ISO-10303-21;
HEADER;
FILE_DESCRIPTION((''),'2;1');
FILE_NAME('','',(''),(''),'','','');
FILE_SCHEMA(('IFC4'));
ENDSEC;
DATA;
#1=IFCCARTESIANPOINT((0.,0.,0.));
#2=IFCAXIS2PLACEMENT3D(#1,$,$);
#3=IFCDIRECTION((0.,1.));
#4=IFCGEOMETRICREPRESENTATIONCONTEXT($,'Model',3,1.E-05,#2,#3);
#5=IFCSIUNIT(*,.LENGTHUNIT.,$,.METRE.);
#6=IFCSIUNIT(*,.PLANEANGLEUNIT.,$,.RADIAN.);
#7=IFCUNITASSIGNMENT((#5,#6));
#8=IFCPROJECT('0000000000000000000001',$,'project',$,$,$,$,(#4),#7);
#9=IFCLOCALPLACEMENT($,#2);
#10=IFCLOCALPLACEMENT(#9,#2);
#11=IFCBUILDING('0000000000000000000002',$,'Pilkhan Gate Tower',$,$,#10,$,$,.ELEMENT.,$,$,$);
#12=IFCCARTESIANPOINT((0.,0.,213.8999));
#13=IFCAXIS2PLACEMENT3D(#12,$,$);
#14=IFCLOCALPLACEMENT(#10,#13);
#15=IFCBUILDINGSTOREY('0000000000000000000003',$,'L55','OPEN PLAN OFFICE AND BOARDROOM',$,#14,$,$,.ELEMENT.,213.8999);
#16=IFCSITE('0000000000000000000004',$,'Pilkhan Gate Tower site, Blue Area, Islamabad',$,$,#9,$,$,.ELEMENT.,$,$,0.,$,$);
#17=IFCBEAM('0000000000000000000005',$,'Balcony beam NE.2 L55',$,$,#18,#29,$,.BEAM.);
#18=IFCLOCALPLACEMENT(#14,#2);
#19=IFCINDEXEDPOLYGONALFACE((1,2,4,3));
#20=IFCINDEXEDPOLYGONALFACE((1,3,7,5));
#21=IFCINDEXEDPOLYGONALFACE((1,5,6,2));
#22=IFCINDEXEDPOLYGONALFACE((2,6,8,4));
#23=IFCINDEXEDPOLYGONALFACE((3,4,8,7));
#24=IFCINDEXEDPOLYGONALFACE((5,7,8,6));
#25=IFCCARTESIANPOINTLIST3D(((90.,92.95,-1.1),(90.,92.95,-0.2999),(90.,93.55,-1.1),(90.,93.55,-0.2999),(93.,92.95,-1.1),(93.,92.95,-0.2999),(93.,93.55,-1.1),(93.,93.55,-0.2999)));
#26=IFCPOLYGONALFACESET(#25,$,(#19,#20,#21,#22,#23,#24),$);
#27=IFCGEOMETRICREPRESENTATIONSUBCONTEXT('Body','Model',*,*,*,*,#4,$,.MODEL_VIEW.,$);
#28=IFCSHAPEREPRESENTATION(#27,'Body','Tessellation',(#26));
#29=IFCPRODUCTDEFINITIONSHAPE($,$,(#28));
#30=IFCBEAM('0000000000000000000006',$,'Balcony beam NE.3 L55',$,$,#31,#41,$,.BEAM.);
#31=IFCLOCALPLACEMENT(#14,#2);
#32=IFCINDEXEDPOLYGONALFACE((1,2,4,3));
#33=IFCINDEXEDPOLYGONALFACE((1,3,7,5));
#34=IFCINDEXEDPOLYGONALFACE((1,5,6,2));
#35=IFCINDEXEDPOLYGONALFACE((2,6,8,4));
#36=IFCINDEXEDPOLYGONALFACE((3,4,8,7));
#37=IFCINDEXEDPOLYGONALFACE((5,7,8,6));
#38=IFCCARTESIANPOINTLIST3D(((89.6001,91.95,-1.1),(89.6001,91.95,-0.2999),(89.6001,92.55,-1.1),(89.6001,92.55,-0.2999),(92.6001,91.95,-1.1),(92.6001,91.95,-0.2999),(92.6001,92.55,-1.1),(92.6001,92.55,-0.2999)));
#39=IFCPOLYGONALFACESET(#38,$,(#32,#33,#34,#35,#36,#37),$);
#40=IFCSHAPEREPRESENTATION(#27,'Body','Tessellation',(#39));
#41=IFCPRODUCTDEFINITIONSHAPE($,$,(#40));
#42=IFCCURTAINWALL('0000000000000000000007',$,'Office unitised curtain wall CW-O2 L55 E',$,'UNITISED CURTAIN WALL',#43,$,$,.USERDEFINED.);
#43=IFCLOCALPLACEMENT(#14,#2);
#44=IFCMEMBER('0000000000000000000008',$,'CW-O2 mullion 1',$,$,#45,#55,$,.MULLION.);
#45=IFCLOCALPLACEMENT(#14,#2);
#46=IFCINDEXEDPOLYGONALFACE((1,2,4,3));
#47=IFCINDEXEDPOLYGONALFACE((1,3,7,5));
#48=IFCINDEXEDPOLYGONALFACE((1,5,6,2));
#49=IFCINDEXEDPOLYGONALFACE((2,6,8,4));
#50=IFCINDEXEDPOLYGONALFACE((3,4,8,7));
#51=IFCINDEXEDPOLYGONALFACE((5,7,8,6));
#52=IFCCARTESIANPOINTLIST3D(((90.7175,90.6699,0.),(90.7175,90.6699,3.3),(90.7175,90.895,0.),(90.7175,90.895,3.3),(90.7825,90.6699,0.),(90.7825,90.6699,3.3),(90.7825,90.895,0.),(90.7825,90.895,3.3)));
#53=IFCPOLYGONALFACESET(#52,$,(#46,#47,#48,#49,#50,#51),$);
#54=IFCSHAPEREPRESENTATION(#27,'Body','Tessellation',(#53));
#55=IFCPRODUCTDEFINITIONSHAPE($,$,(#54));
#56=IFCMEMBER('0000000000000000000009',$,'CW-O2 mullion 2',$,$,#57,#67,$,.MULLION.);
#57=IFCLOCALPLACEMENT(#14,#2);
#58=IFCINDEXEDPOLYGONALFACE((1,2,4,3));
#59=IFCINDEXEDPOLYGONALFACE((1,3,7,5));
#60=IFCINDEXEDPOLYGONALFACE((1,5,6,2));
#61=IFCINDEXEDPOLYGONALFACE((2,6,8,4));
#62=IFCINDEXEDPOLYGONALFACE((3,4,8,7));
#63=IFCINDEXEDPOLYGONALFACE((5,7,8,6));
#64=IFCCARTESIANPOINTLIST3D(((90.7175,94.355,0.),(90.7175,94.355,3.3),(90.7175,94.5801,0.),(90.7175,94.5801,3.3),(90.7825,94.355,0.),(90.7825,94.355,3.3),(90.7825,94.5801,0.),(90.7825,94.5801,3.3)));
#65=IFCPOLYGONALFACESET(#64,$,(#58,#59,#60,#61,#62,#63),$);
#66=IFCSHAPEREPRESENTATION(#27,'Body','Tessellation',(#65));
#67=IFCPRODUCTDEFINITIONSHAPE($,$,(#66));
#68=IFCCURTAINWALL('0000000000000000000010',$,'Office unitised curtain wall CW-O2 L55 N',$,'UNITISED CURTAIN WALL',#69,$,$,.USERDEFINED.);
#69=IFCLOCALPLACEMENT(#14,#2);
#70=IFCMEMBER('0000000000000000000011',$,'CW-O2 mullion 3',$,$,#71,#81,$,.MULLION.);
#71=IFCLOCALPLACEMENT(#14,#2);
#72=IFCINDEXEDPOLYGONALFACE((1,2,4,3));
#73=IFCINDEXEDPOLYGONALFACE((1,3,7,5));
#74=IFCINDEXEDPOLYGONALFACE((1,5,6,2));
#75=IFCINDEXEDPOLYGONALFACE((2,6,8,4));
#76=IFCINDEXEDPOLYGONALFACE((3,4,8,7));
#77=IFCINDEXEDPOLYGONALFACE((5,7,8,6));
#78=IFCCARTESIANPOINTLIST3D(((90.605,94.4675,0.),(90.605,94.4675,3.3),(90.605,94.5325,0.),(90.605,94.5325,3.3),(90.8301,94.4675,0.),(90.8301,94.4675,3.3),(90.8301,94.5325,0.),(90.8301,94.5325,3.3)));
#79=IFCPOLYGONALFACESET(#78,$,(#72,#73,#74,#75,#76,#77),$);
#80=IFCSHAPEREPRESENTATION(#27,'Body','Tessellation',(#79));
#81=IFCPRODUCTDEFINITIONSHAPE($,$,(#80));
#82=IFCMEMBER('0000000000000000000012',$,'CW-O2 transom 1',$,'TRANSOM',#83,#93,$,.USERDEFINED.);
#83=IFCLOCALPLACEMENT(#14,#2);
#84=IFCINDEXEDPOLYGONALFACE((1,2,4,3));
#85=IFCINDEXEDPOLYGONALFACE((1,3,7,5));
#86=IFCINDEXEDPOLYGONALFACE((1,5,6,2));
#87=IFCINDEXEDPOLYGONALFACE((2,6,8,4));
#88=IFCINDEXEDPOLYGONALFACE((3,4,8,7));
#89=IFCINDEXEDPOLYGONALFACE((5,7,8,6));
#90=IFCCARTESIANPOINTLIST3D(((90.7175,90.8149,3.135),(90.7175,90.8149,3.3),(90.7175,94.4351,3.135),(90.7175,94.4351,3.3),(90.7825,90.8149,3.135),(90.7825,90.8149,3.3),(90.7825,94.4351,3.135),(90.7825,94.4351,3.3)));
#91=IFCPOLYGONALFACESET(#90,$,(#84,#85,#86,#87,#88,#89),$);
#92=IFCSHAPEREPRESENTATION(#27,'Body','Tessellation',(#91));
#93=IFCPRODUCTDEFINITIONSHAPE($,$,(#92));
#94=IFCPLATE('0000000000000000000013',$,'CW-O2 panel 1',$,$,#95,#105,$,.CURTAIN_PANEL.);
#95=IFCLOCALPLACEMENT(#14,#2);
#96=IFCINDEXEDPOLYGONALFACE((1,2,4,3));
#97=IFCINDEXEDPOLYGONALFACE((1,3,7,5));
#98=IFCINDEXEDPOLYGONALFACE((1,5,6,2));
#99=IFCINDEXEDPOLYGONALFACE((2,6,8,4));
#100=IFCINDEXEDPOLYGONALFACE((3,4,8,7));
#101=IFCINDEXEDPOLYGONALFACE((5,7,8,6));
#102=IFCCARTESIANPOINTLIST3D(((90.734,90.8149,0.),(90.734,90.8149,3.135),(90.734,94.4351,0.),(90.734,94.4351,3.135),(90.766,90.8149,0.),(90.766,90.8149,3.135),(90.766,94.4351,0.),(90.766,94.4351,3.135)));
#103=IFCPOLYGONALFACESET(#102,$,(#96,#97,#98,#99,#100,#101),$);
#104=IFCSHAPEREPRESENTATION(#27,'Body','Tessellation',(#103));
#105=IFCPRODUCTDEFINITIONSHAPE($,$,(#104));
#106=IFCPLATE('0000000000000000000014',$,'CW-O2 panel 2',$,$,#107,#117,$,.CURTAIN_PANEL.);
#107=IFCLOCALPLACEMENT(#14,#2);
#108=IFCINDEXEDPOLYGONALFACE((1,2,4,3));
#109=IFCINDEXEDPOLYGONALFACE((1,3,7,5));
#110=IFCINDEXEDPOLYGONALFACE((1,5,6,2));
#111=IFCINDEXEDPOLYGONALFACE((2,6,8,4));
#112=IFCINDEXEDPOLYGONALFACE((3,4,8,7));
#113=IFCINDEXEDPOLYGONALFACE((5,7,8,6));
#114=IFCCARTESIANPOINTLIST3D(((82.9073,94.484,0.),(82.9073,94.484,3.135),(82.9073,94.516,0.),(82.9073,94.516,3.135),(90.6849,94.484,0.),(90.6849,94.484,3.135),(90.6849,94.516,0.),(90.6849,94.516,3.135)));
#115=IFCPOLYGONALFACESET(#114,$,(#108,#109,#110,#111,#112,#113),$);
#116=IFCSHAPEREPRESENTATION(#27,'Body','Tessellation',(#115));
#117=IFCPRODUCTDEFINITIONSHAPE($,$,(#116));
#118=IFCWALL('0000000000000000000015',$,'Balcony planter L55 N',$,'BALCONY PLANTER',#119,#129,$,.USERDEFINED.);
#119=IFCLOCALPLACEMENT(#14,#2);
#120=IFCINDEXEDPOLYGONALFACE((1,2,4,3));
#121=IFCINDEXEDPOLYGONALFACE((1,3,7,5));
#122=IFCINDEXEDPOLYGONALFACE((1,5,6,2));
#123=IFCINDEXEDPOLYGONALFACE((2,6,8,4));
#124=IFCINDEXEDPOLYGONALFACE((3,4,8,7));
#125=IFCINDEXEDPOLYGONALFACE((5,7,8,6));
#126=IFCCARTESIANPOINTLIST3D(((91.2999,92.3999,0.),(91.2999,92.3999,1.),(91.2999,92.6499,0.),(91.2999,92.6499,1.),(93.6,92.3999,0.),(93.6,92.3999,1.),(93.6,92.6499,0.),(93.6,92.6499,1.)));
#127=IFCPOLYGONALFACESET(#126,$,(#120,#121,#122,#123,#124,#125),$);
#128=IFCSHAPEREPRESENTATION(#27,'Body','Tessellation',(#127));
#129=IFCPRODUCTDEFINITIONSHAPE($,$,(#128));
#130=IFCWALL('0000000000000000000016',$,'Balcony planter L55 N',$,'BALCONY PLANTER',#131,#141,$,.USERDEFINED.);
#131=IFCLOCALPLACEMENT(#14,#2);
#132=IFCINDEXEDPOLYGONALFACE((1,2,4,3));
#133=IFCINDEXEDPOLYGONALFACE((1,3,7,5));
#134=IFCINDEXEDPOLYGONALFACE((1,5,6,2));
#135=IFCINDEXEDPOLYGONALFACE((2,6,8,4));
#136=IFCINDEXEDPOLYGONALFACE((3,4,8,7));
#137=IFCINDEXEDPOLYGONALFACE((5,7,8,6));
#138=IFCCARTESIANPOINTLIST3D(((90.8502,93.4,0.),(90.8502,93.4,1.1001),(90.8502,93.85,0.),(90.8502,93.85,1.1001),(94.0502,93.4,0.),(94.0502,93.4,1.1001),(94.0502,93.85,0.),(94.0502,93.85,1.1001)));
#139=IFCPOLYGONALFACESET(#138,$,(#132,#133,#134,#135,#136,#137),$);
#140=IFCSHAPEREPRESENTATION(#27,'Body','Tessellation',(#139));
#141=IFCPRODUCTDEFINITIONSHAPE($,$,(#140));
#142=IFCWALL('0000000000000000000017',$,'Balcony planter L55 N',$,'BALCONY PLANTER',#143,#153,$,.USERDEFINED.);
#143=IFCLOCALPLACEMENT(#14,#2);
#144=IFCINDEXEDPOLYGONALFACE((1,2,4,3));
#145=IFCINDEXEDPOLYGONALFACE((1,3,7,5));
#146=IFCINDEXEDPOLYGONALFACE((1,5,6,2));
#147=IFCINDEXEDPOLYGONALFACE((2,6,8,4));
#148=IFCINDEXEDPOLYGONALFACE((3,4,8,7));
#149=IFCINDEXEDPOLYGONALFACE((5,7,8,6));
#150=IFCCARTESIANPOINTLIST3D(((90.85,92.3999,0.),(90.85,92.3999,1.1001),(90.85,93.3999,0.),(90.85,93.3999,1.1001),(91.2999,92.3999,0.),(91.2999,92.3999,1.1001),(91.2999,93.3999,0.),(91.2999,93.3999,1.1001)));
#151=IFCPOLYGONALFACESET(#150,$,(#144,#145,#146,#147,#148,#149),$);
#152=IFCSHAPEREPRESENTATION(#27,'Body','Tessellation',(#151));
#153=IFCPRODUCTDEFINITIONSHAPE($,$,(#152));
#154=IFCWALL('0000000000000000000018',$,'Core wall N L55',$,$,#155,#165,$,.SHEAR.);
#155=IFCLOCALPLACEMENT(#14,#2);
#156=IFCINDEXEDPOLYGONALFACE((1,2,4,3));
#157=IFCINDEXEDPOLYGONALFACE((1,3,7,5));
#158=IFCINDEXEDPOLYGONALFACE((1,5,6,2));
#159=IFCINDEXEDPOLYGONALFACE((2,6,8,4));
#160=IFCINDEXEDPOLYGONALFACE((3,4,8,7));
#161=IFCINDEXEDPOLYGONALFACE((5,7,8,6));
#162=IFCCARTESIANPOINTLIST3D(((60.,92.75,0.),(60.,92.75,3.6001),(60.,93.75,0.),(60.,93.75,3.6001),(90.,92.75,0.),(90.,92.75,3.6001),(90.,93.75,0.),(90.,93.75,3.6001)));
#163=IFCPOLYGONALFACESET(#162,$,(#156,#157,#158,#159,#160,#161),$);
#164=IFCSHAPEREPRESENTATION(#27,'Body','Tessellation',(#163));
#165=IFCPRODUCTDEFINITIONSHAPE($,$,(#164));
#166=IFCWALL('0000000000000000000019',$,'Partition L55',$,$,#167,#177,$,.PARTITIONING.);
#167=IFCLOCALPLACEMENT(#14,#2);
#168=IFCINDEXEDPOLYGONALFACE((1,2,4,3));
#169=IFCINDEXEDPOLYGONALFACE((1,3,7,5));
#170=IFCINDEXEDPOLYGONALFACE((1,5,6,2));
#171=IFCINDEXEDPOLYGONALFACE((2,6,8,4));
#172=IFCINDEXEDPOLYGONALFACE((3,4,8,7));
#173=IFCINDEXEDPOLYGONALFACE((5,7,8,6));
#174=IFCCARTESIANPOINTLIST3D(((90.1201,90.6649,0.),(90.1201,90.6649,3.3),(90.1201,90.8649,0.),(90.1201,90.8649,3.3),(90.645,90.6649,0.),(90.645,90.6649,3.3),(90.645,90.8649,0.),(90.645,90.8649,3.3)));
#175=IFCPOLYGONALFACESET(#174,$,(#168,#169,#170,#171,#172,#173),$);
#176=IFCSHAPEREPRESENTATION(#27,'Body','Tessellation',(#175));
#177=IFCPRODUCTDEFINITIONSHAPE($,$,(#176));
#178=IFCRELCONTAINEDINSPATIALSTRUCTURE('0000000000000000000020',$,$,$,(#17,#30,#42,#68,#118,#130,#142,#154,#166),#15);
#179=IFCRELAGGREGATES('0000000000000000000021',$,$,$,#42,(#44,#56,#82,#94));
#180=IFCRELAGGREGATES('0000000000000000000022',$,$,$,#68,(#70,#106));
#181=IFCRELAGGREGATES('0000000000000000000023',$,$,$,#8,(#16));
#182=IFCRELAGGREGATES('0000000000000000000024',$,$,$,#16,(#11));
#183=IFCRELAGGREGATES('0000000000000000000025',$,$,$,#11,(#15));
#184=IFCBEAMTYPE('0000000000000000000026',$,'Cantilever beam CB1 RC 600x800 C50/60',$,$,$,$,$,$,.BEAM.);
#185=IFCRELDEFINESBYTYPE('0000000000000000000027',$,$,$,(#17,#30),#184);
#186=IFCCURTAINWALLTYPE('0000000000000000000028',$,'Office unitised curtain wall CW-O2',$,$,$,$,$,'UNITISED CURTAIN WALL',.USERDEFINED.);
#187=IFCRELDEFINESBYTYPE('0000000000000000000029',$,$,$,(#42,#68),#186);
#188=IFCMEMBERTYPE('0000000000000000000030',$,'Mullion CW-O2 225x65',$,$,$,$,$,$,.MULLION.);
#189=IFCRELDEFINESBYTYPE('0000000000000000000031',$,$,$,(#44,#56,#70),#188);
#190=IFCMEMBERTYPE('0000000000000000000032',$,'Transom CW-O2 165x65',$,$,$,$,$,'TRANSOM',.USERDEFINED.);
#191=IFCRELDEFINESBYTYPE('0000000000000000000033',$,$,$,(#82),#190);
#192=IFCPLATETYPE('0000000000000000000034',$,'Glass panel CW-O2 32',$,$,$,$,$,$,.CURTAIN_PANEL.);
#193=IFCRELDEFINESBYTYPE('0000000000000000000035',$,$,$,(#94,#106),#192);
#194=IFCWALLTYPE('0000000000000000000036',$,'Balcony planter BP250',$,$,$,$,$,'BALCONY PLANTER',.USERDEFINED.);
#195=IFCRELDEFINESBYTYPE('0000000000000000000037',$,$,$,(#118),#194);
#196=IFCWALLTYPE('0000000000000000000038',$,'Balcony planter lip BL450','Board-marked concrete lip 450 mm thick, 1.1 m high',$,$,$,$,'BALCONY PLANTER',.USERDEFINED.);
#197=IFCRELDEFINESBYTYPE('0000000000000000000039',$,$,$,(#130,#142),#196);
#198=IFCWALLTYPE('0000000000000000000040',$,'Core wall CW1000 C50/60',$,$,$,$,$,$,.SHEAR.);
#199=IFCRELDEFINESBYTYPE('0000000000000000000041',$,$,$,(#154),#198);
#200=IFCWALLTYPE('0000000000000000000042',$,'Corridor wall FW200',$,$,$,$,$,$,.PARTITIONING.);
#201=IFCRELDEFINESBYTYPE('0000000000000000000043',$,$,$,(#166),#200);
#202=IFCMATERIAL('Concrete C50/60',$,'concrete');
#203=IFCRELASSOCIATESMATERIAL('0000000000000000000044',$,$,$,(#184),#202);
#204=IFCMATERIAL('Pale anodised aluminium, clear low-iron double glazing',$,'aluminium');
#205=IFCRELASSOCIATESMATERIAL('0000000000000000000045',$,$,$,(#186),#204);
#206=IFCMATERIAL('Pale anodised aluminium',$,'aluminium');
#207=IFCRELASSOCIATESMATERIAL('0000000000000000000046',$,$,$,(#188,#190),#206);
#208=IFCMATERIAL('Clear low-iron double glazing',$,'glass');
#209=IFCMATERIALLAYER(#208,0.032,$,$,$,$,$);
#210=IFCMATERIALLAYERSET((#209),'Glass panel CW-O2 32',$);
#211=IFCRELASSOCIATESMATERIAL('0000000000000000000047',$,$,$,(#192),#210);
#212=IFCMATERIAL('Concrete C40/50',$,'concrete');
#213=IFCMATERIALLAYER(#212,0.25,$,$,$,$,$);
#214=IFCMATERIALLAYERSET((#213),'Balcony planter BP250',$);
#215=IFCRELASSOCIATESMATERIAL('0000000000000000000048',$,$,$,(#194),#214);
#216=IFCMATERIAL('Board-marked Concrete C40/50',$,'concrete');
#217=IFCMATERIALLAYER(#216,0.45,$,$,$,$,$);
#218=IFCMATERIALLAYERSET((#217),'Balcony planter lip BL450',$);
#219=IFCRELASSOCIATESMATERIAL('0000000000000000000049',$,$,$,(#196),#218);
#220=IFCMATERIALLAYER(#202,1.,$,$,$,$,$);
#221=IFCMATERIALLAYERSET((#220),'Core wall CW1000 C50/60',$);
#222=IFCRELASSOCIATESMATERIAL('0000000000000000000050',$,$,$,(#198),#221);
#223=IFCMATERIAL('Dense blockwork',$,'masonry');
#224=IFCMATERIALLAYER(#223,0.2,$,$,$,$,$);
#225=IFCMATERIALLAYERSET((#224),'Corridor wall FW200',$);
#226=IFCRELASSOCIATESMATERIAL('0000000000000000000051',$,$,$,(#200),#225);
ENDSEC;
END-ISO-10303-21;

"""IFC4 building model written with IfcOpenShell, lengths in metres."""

from ifc_helpers import new_model, si_unit, direction, frame, frame_2d, origin, origin_2d, place, context, subcontext, project, spatial, rectangle, extrude, material, layer, layer_set, material_profile, profile_set, type_object, element, aggregate, save


model = new_model("IFC4")

# Units and contexts
model_context = context("Model", 3, precision=1e-05, world=origin(), true_north=direction((0.0, 1.0)))
body_context = subcontext(model_context, "Body", "Model", "MODEL_VIEW")
ifc_project = project(units=[si_unit("LENGTHUNIT", "METRE"), si_unit("PLANEANGLEUNIT", "RADIAN")], contexts=[model_context])

# Site, building, storey
site_placement = place(None, origin())
site = spatial("IfcSite", under=ifc_project, at=site_placement, Name="Pilkhan Gate Tower site, Blue Area, Islamabad", CompositionType="ELEMENT", RefElevation=0.0)
building_placement = place(site_placement, origin())
building = spatial("IfcBuilding", under=site, at=building_placement, Name="Pilkhan Gate Tower", CompositionType="ELEMENT")
storey_placement = place(building_placement, frame((0.0, 0.0, 213.8999)))
storey = spatial("IfcBuildingStorey", under=building, at=storey_placement, Name="L55", Description="OPEN PLAN OFFICE AND BOARDROOM", CompositionType="ELEMENT", Elevation=213.8999)

# Beams
ifc_material_1 = material(Name="Concrete C50/60", Category="concrete")
ifc_material_profile_1 = material_profile(ifc_material_1, rectangle(XDim=0.6001, YDim=0.8, at=origin_2d()), Name="RC 600x800")
ifc_profile_set_1 = profile_set([ifc_material_profile_1], Name="Concrete C50/60")
beam_type = type_object("IfcBeamType", Name="Cantilever beam CB1 RC 600x800 C50/60", PredefinedType="BEAM", material=ifc_profile_set_1)
for number, where, z_axis, x_axis, name in (
    (1, (90.0, 93.25, -0.7), (1.0, 0.0, 0.0), (0.0, 1.0, 0.0), "Balcony beam NE.2 L55"),
    (2, (89.6001, 92.25, -0.7), (1.0, 0.0, 0.0), (0.0, 1.0, 0.0), "Balcony beam NE.3 L55"),
):
    element("IfcBeam", number, at=place(storey_placement, frame(where, z_axis=z_axis, x_axis=x_axis)), inside=storey, type_object=beam_type, Name=name, PredefinedType="BEAM", context=body_context, shape_type="SweptSolid", body=[
        extrude(rectangle(XDim=0.6001, YDim=0.8, at=origin_2d()), origin(), (0.0, 0.0, 1.0), 3.0),
    ])

# Curtain wall, members
ifc_material_2 = material(Name="Pale anodised aluminium, clear low-iron double glazing", Category="aluminium")
curtain_wall_type = type_object("IfcCurtainWallType", Name="Office unitised curtain wall CW-O2", ElementType="UNITISED CURTAIN WALL", PredefinedType="USERDEFINED", material=ifc_material_2)
curtain_wall_1_placement = place(storey_placement, origin())
curtain_wall_1 = element("IfcCurtainWall", 3, at=curtain_wall_1_placement, inside=storey, type_object=curtain_wall_type, Name="Office unitised curtain wall CW-O2 L55 E", ObjectType="UNITISED CURTAIN WALL", PredefinedType="USERDEFINED")
ifc_material_3 = material(Name="Pale anodised aluminium", Category="aluminium")
ifc_material_profile_2 = material_profile(ifc_material_3, rectangle(XDim=0.0649, YDim=0.2251, at=origin_2d()), Name="Mullion 225x65")
ifc_profile_set_2 = profile_set([ifc_material_profile_2], Name="Pale anodised aluminium")
member_type_1 = type_object("IfcMemberType", Name="Mullion CW-O2 225x65", PredefinedType="MULLION", material=ifc_profile_set_2)
member_1_placement = place(storey_placement, frame((90.75, 90.7825, 0.0), z_axis=(0.0, 0.0, 1.0), x_axis=(-1.0, 0.0, 0.0)))
member_1 = element("IfcMember", 4, at=member_1_placement, type_object=member_type_1, Name="CW-O2 mullion 1", PredefinedType="MULLION", context=body_context, shape_type="SweptSolid", body=[
    extrude(rectangle(XDim=0.0649, YDim=0.2251, at=origin_2d()), origin(), (0.0, 0.0, 1.0), 3.3),
])
member_2_placement = place(storey_placement, frame((90.75, 94.4675, 0.0), z_axis=(0.0, 0.0, 1.0), x_axis=(-1.0, 0.0, 0.0)))
member_2 = element("IfcMember", 5, at=member_2_placement, type_object=member_type_1, Name="CW-O2 mullion 2", PredefinedType="MULLION", context=body_context, shape_type="SweptSolid", body=[
    extrude(rectangle(XDim=0.0649, YDim=0.2251, at=origin_2d()), origin(), (0.0, 0.0, 1.0), 3.3),
])

# Curtain wall, member
curtain_wall_2_placement = place(storey_placement, origin())
curtain_wall_2 = element("IfcCurtainWall", 6, at=curtain_wall_2_placement, inside=storey, type_object=curtain_wall_type, Name="Office unitised curtain wall CW-O2 L55 N", ObjectType="UNITISED CURTAIN WALL", PredefinedType="USERDEFINED")
member_3_placement = place(storey_placement, frame((90.7175, 94.5, 0.0), z_axis=(0.0, 0.0, 1.0), x_axis=(0.0, 1.0, 0.0)))
member_3 = element("IfcMember", 7, at=member_3_placement, type_object=member_type_1, Name="CW-O2 mullion 3", PredefinedType="MULLION", context=body_context, shape_type="SweptSolid", body=[
    extrude(rectangle(XDim=0.0649, YDim=0.2251, at=origin_2d()), origin(), (0.0, 0.0, 1.0), 3.3),
])

# Member
ifc_material_profile_3 = material_profile(ifc_material_3, rectangle(XDim=0.0649, YDim=0.165, at=origin_2d()), Name="Transom 165x65")
ifc_profile_set_3 = profile_set([ifc_material_profile_3], Name="Pale anodised aluminium")
member_type_2 = type_object("IfcMemberType", Name="Transom CW-O2 165x65", ElementType="TRANSOM", PredefinedType="USERDEFINED", material=ifc_profile_set_3)
member_4_placement = place(storey_placement, frame((90.75, 90.8149, 3.2175), z_axis=(0.0, 1.0, 0.0), x_axis=(-1.0, 0.0, 0.0)))
member_4 = element("IfcMember", 8, at=member_4_placement, type_object=member_type_2, Name="CW-O2 transom 1", ObjectType="TRANSOM", PredefinedType="USERDEFINED", context=body_context, shape_type="SweptSolid", body=[
    extrude(rectangle(XDim=0.0649, YDim=0.165, at=origin_2d()), origin(), (0.0, 0.0, 1.0), 3.6201),
])

# Plates
ifc_material_4 = material(Name="Clear low-iron double glazing", Category="glass")
ifc_layer_1 = layer(ifc_material_4, 0.032)
ifc_layer_set_1 = layer_set([ifc_layer_1], Name="Glass panel CW-O2 32")
plate_type = type_object("IfcPlateType", Name="Glass panel CW-O2 32", PredefinedType="CURTAIN_PANEL", material=ifc_layer_set_1)
plate_1_placement = place(storey_placement, frame((90.75, 92.625, 0.0), z_axis=(0.0, 0.0, 1.0), x_axis=(0.0, 1.0, 0.0)))
plate_1 = element("IfcPlate", 9, at=plate_1_placement, type_object=plate_type, Name="CW-O2 panel 1", PredefinedType="CURTAIN_PANEL", context=body_context, shape_type="SweptSolid", body=[
    extrude(rectangle(XDim=3.6201, YDim=0.032, at=origin_2d()), origin(), (0.0, 0.0, 1.0), 3.135),
])
aggregate(curtain_wall_1, [member_1, member_2, member_4, plate_1])
plate_2_placement = place(storey_placement, frame((86.7961, 94.5, 0.0), z_axis=(0.0, 0.0, 1.0), x_axis=(1.0, 0.0, 0.0)))
plate_2 = element("IfcPlate", 10, at=plate_2_placement, type_object=plate_type, Name="CW-O2 panel 2", PredefinedType="CURTAIN_PANEL", context=body_context, shape_type="SweptSolid", body=[
    extrude(rectangle(XDim=7.7776, YDim=0.032, at=origin_2d()), origin(), (0.0, 0.0, 1.0), 3.135),
])
aggregate(curtain_wall_2, [member_3, plate_2])

# Walls
ifc_material_5 = material(Name="Concrete C40/50", Category="concrete")
ifc_layer_2 = layer(ifc_material_5, 0.25)
ifc_layer_set_2 = layer_set([ifc_layer_2], Name="Balcony planter BP250")
wall_type_1 = type_object("IfcWallType", Name="Balcony planter BP250", ElementType="BALCONY PLANTER", PredefinedType="USERDEFINED", material=ifc_layer_set_2)
wall_1_placement = place(storey_placement, frame((91.3, 92.5249, 0.0), z_axis=(0.0, 0.0, 1.0), x_axis=(1.0, 0.0, 0.0)))
element("IfcWall", 11, at=wall_1_placement, inside=storey, type_object=wall_type_1, Name="Balcony planter L55 N", ObjectType="BALCONY PLANTER", PredefinedType="USERDEFINED", context=body_context, shape_type="SweptSolid", body=[
    extrude(rectangle(XDim=2.3, YDim=0.25, at=frame_2d((1.1499, 0.0))), origin(), (0.0, 0.0, 1.0), 1.0),
])
ifc_material_6 = material(Name="Board-marked Concrete C40/50", Category="concrete")
ifc_layer_3 = layer(ifc_material_6, 0.45)
ifc_layer_set_3 = layer_set([ifc_layer_3], Name="Balcony planter lip BL450")
wall_type_2 = type_object("IfcWallType", Name="Balcony planter lip BL450", Description="Board-marked concrete lip 450 mm thick, 1.1 m high", ElementType="BALCONY PLANTER", PredefinedType="USERDEFINED", material=ifc_layer_set_3)
wall_2_placement = place(storey_placement, frame((90.8501, 93.625, 0.0), z_axis=(0.0, 0.0, 1.0), x_axis=(1.0, 0.0, 0.0)))
element("IfcWall", 12, at=wall_2_placement, inside=storey, type_object=wall_type_2, Name="Balcony planter L55 N", ObjectType="BALCONY PLANTER", PredefinedType="USERDEFINED", context=body_context, shape_type="SweptSolid", body=[
    extrude(rectangle(XDim=3.2, YDim=0.45, at=frame_2d((1.6001, 0.0))), origin(), (0.0, 0.0, 1.0), 1.1001),
])
wall_3_placement = place(storey_placement, frame((91.075, 92.3999, 0.0), z_axis=(0.0, 0.0, 1.0), x_axis=(0.0, 1.0, 0.0)))
element("IfcWall", 13, at=wall_3_placement, inside=storey, type_object=wall_type_2, Name="Balcony planter L55 N", ObjectType="BALCONY PLANTER", PredefinedType="USERDEFINED", context=body_context, shape_type="SweptSolid", body=[
    extrude(rectangle(XDim=1.0, YDim=0.45, at=frame_2d((0.5, 0.0))), origin(), (0.0, 0.0, 1.0), 1.1001),
])
ifc_layer_4 = layer(ifc_material_1, 1.0)
ifc_layer_set_4 = layer_set([ifc_layer_4], Name="Core wall CW1000 C50/60")
wall_type_3 = type_object("IfcWallType", Name="Core wall CW1000 C50/60", PredefinedType="SHEAR", material=ifc_layer_set_4)
wall_4_placement = place(storey_placement, frame((90.0, 93.25, 0.0), z_axis=(0.0, 0.0, 1.0), x_axis=(-1.0, 0.0, 0.0)))
element("IfcWall", 14, at=wall_4_placement, inside=storey, type_object=wall_type_3, Name="Core wall N L55", PredefinedType="SHEAR", context=body_context, shape_type="SweptSolid", body=[
    extrude(rectangle(XDim=30.0, YDim=1.0, at=frame_2d((15.0, 0.0))), origin(), (0.0, 0.0, 1.0), 3.6001),
])
ifc_material_7 = material(Name="Dense blockwork", Category="masonry")
ifc_layer_5 = layer(ifc_material_7, 0.2)
ifc_layer_set_5 = layer_set([ifc_layer_5], Name="Corridor wall FW200")
wall_type_4 = type_object("IfcWallType", Name="Corridor wall FW200", PredefinedType="PARTITIONING", material=ifc_layer_set_5)
wall_5_placement = place(storey_placement, frame((90.1201, 90.7649, 0.0), z_axis=(0.0, 0.0, 1.0), x_axis=(1.0, 0.0, 0.0)))
element("IfcWall", 15, at=wall_5_placement, inside=storey, type_object=wall_type_4, Name="Partition L55", PredefinedType="PARTITIONING", context=body_context, shape_type="SweptSolid", body=[
    extrude(rectangle(XDim=0.5249, YDim=0.2, at=frame_2d((0.2625, 0.0))), origin(), (0.0, 0.0, 1.0), 3.3),
])

save(model, "model.ifc")
